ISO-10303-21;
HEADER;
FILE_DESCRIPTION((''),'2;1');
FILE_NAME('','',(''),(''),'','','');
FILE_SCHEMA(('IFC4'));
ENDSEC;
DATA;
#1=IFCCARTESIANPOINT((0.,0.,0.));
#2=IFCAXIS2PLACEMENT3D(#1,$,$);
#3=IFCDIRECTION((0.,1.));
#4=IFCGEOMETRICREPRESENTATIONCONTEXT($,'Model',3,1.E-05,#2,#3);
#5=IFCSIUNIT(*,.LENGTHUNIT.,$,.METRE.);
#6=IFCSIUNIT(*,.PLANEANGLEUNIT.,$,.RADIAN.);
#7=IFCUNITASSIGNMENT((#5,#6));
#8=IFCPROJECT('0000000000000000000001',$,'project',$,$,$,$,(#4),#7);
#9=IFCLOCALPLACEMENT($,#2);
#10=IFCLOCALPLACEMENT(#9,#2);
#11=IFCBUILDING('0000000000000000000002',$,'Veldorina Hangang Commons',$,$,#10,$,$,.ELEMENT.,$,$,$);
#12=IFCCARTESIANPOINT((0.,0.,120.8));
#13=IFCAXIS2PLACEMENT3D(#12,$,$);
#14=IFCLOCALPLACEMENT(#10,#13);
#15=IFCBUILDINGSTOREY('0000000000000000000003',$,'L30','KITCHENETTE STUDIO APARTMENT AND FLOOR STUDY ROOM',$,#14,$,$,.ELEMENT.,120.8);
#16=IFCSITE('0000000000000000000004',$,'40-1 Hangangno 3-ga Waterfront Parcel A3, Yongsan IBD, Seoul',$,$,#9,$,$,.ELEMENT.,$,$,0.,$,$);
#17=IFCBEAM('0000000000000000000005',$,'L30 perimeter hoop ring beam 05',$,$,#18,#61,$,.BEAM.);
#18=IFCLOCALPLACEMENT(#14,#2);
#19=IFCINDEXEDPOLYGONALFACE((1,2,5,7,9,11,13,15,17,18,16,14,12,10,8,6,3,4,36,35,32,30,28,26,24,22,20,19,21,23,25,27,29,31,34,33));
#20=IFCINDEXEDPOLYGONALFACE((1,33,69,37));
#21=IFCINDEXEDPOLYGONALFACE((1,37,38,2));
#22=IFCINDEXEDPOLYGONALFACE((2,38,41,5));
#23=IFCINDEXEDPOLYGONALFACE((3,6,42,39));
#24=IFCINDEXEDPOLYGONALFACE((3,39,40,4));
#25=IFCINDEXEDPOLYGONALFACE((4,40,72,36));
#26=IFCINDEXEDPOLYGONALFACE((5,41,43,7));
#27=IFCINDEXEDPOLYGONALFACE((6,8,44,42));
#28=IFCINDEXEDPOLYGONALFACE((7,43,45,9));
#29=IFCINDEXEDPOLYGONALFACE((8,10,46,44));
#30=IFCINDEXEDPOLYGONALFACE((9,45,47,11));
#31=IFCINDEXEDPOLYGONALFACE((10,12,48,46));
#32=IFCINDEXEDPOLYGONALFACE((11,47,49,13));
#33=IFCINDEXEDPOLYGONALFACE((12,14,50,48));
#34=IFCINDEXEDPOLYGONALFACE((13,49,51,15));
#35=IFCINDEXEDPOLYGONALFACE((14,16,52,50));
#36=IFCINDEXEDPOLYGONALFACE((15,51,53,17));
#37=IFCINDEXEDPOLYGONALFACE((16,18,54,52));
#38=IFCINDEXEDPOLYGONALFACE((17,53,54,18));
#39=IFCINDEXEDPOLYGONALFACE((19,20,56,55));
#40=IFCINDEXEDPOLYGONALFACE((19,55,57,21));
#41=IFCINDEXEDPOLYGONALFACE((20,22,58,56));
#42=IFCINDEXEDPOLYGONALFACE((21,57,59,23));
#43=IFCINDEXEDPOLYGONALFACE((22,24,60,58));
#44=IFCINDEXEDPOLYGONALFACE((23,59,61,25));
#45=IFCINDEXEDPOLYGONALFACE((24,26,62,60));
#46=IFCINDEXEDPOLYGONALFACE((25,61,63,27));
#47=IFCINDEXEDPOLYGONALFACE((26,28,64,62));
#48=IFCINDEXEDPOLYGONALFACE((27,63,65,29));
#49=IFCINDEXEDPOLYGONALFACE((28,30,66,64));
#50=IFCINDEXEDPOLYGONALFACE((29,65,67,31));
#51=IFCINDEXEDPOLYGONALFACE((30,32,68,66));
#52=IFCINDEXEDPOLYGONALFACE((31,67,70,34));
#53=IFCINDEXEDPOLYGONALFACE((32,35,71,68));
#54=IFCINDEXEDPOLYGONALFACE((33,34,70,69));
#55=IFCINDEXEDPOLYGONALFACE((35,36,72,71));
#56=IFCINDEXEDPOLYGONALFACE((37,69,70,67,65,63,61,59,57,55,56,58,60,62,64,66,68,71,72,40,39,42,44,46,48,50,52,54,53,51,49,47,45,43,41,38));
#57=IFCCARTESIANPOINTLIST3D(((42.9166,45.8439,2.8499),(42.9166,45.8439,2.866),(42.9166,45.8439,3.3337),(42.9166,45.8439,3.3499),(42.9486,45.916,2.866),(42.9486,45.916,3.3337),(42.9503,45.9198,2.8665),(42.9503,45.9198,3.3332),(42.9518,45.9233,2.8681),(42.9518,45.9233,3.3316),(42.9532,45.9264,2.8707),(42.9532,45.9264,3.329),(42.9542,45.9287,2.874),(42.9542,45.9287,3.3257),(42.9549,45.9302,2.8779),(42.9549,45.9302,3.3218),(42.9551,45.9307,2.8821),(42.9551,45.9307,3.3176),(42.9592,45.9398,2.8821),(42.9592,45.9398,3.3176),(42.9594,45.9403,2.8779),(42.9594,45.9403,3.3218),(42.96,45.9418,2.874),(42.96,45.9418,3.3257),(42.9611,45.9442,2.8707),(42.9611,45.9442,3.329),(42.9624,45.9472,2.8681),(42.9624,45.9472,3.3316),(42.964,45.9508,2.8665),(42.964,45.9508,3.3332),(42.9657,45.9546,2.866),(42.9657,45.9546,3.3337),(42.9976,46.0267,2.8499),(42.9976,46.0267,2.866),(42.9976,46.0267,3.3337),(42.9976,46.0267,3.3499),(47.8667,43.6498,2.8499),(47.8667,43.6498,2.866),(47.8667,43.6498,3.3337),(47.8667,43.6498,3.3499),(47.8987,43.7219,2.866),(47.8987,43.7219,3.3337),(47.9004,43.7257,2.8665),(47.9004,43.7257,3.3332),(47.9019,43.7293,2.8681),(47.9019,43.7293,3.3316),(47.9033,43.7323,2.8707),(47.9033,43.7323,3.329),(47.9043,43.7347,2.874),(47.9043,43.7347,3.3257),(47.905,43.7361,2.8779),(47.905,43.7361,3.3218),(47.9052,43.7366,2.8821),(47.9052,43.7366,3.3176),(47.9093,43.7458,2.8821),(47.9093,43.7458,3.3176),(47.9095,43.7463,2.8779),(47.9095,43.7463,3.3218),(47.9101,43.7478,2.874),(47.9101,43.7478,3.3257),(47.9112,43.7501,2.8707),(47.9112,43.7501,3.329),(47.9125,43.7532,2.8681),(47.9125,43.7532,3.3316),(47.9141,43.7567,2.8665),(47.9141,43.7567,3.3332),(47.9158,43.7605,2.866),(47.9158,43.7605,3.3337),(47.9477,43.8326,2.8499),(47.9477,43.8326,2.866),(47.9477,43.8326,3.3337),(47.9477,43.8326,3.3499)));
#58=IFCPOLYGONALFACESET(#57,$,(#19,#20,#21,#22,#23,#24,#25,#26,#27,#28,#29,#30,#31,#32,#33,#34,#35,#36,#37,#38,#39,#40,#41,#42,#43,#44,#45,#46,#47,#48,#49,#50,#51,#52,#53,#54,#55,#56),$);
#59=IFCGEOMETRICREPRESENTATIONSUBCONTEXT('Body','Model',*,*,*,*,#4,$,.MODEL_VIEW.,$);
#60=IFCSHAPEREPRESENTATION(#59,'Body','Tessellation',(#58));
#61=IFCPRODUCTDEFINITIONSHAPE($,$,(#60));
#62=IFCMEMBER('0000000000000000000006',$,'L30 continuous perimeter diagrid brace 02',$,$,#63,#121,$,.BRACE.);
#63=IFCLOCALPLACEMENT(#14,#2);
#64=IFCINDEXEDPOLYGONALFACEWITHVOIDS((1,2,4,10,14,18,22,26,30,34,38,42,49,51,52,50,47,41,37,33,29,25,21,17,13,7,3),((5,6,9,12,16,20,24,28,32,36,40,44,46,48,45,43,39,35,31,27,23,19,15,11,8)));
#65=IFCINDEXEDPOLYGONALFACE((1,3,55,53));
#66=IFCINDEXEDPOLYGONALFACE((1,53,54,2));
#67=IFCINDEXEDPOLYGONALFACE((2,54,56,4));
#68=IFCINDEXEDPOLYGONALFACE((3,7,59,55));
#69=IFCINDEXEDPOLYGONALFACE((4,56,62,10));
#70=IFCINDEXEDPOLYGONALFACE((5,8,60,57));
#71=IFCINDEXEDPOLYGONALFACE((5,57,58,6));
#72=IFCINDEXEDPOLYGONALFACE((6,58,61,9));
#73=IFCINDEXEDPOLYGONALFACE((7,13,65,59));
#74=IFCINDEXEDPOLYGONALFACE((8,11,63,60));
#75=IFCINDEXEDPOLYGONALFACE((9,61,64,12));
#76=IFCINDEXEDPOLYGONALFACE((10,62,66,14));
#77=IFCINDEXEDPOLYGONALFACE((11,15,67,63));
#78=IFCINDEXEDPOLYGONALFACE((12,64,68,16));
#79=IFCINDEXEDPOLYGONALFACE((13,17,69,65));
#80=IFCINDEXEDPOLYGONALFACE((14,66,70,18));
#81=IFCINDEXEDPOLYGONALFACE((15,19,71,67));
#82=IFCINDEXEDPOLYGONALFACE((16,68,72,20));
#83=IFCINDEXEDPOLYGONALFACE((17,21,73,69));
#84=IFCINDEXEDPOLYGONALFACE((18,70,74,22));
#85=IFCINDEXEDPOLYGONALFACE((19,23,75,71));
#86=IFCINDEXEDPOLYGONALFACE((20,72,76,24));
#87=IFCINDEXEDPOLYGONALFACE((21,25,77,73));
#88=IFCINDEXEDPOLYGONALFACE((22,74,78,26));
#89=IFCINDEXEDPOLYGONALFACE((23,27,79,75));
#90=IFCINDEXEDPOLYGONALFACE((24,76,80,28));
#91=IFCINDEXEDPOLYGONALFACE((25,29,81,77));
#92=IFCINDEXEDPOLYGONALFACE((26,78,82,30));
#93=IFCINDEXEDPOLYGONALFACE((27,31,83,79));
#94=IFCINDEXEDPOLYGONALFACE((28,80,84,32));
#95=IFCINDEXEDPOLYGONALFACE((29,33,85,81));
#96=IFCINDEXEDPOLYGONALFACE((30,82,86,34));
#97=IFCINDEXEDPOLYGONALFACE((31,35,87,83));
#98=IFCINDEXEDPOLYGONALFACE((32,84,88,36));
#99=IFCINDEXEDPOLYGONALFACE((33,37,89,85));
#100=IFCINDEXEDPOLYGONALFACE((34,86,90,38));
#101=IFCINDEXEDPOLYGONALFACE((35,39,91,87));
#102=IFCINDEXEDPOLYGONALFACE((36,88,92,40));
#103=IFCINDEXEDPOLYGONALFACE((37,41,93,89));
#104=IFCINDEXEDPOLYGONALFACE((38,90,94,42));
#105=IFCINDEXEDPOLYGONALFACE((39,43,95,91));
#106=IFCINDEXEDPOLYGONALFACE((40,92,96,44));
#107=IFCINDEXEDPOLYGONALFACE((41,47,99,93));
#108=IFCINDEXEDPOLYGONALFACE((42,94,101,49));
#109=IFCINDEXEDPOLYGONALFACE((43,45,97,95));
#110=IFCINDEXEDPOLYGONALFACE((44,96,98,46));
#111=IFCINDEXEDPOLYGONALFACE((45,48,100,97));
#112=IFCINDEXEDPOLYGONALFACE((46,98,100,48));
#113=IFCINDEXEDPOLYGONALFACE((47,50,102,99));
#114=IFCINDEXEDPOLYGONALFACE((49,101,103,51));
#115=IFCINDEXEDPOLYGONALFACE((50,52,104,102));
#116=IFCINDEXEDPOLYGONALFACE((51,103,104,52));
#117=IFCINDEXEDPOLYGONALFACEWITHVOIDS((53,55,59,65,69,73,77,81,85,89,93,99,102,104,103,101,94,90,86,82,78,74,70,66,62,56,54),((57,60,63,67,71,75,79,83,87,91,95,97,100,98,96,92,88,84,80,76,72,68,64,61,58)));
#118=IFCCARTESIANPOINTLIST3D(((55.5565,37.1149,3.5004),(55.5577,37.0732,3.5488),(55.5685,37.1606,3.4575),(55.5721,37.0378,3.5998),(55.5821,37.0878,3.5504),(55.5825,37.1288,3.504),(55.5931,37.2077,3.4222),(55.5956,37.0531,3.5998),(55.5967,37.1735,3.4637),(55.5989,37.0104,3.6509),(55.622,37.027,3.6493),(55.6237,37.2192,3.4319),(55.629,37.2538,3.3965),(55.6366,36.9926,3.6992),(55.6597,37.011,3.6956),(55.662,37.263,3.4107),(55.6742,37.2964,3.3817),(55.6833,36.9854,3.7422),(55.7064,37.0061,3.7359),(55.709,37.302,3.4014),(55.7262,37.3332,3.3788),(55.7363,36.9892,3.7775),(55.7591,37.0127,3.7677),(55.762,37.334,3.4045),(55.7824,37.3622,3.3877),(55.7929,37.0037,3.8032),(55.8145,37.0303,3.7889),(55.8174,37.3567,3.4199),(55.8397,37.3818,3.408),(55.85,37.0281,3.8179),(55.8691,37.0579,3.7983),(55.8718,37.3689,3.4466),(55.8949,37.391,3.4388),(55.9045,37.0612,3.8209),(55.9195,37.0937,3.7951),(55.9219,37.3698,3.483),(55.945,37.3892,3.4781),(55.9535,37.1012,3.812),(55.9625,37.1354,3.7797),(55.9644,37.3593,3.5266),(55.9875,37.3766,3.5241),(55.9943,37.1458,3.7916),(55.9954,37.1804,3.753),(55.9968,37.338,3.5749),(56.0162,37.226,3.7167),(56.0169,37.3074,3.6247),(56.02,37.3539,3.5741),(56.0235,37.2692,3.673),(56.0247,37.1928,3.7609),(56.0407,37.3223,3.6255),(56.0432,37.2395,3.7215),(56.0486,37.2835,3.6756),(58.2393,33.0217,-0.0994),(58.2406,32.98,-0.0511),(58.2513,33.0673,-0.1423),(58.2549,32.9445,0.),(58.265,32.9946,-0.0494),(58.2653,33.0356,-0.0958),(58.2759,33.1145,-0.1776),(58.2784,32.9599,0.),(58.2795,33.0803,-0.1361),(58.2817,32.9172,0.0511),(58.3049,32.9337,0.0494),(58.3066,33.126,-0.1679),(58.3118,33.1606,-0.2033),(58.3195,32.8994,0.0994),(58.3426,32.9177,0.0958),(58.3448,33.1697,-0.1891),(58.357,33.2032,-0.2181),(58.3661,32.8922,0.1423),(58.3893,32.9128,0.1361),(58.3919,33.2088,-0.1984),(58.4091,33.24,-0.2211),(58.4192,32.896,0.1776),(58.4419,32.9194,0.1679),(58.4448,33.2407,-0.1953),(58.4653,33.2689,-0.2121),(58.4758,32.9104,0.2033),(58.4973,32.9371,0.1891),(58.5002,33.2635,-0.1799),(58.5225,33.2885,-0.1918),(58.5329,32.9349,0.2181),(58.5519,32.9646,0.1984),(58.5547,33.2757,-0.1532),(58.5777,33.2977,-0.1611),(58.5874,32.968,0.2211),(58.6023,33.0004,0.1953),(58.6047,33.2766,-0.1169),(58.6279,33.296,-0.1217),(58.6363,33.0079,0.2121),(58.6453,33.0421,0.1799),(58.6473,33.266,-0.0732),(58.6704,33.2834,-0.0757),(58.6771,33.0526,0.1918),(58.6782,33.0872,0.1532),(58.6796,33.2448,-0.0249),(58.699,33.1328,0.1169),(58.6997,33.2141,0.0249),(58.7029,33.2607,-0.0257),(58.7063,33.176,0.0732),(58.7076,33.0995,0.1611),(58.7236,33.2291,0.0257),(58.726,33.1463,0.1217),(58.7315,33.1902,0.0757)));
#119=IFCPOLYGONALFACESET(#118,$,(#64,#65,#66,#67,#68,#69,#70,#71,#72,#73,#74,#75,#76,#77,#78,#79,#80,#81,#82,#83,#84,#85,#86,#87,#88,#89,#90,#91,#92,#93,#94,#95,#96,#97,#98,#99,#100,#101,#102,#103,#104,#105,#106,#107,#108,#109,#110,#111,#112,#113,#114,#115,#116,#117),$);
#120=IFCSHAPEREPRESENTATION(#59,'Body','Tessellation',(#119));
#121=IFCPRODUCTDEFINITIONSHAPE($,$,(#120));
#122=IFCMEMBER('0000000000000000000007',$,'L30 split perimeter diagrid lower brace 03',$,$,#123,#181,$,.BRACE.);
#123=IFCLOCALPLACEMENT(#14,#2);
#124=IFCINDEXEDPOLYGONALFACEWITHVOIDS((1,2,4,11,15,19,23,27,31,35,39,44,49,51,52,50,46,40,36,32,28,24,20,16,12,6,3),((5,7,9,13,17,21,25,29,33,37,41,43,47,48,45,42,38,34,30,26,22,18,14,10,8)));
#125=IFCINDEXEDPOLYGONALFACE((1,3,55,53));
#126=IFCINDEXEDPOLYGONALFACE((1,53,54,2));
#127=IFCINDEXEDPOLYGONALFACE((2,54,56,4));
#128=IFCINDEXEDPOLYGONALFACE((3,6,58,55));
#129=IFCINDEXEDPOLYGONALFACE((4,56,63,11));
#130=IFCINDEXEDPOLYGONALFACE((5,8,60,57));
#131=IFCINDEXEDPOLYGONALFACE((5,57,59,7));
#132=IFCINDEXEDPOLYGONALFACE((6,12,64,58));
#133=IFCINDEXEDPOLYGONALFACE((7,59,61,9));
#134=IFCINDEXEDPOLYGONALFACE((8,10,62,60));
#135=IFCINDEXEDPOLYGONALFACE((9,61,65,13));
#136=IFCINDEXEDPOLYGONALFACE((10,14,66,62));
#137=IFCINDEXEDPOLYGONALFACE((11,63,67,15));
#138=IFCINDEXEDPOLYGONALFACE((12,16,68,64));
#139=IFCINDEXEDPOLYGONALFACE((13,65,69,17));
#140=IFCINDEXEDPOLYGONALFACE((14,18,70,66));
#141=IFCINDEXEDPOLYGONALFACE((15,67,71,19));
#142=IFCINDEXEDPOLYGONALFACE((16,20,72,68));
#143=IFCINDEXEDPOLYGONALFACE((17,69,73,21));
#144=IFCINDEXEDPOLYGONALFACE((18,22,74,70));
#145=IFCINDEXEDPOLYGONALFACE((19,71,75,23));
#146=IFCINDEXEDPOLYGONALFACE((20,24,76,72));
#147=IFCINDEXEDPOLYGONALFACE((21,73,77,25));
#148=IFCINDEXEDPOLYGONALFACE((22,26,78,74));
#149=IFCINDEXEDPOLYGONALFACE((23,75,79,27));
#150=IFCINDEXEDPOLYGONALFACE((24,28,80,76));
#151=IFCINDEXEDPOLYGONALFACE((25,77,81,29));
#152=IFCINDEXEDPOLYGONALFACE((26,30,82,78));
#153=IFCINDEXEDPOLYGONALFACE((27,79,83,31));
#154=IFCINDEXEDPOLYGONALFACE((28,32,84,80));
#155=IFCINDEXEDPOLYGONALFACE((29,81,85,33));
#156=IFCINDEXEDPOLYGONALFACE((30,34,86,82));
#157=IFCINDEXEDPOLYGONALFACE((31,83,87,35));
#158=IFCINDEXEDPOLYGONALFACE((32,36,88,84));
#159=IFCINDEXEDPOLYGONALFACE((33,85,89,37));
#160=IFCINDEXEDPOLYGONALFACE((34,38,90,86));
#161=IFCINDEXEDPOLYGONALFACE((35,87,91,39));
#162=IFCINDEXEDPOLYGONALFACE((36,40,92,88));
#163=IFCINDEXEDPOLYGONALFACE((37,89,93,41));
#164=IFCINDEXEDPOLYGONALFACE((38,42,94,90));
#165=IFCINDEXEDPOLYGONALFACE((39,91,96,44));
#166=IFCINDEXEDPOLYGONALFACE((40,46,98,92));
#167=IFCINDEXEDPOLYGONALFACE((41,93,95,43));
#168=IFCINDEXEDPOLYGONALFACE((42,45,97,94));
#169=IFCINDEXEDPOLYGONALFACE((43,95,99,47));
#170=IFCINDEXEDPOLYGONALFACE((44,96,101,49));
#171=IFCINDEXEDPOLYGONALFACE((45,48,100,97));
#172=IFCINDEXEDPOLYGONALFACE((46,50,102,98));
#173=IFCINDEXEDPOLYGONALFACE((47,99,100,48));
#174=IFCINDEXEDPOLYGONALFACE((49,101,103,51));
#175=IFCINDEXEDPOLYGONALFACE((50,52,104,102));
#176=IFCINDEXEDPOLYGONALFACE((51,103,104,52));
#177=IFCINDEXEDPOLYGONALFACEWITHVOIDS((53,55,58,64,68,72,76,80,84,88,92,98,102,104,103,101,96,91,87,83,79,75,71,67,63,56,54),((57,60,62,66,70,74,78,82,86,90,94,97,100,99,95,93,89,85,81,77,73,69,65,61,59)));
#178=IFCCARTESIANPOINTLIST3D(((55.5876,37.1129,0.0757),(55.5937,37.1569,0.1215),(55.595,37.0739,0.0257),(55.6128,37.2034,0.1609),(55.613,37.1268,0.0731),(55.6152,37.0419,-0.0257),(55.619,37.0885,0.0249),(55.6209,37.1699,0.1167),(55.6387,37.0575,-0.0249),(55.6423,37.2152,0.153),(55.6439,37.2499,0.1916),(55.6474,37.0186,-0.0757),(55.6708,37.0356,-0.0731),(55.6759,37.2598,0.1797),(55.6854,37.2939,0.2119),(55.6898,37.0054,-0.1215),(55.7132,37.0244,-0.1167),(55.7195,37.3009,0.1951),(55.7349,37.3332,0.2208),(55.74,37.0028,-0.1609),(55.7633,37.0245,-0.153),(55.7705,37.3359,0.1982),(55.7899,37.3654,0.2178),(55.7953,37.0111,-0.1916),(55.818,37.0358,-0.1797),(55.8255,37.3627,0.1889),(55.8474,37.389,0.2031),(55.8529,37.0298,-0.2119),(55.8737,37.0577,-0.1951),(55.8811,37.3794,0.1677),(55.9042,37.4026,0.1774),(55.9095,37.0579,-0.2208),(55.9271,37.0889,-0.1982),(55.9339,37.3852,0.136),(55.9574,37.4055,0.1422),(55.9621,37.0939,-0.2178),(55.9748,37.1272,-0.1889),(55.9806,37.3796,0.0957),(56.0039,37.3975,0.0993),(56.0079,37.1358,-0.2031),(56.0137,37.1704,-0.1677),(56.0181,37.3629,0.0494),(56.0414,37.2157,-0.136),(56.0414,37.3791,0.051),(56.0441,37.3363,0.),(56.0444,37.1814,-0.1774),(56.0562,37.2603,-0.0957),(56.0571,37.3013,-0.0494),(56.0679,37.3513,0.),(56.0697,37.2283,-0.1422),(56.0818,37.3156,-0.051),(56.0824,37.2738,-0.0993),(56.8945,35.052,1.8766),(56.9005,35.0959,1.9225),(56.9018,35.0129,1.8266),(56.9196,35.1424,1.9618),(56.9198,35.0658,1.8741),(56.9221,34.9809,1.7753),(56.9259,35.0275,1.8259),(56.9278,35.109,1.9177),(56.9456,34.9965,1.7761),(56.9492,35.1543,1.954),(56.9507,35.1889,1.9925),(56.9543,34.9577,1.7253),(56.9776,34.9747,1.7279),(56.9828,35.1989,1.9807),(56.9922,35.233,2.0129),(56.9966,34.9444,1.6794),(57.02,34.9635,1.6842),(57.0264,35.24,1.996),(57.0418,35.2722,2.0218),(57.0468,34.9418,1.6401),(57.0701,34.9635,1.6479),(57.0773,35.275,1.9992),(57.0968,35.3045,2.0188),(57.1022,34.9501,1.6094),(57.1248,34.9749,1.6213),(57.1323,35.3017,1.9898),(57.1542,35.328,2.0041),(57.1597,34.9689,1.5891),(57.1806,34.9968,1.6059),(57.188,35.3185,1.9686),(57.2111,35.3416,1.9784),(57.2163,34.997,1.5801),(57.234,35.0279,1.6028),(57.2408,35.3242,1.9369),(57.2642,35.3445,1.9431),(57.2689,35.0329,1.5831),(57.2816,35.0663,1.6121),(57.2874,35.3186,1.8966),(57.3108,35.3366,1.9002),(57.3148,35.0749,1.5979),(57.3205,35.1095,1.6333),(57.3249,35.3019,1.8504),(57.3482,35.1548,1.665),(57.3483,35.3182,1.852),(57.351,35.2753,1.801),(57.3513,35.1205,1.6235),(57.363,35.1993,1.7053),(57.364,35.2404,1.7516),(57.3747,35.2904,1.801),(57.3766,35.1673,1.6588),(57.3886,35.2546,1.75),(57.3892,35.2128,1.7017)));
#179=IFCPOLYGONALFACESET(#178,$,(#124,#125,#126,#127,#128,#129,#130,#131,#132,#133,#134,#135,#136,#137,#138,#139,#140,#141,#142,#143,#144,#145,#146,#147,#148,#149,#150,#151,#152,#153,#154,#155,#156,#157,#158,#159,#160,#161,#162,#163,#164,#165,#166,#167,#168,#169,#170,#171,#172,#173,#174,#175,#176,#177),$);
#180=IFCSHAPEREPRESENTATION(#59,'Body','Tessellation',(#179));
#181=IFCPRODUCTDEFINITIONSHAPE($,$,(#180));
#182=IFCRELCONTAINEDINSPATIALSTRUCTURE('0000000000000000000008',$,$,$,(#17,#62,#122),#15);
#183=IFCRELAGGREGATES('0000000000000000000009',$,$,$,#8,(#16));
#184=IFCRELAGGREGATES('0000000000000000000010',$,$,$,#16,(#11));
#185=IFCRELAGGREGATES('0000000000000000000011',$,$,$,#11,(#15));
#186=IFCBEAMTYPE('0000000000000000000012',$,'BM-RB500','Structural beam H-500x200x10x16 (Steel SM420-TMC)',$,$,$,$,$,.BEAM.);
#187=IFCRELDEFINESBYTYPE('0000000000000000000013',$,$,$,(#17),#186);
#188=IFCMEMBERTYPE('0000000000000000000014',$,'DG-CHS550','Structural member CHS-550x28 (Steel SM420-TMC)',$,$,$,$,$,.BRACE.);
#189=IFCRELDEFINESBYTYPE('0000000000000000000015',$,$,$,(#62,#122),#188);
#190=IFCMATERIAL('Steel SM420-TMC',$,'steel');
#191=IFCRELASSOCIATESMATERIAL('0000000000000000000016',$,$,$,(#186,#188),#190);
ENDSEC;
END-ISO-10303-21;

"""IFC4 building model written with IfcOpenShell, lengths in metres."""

from ifc_helpers import new_model, si_unit, direction, frame, origin, origin_2d, place, context, subcontext, project, spatial, hollow_circle, i_section, extrude, material, material_profile, profile_set, type_object, element, save


model = new_model("IFC4")

# Units and contexts
model_context = context("Model", 3, precision=1e-05, world=origin(), true_north=direction((0.0, 1.0)))
body_context = subcontext(model_context, "Body", "Model", "MODEL_VIEW")
ifc_project = project(units=[si_unit("LENGTHUNIT", "METRE"), si_unit("PLANEANGLEUNIT", "RADIAN")], contexts=[model_context])

# Site, building, storey
site_placement = place(None, origin())
site = spatial("IfcSite", under=ifc_project, at=site_placement, Name="40-1 Hangangno 3-ga Waterfront Parcel A3, Yongsan IBD, Seoul", CompositionType="ELEMENT", RefElevation=0.0)
building_placement = place(site_placement, origin())
building = spatial("IfcBuilding", under=site, at=building_placement, Name="Veldorina Hangang Commons", CompositionType="ELEMENT")
storey_placement = place(building_placement, frame((0.0, 0.0, 120.8)))
storey = spatial("IfcBuildingStorey", under=building, at=storey_placement, Name="L30", Description="KITCHENETTE STUDIO APARTMENT AND FLOOR STUDY ROOM", CompositionType="ELEMENT", Elevation=120.8)

# Beam
ifc_material_1 = material(Name="Steel SM420-TMC", Category="steel")
ifc_material_profile_1 = material_profile(ifc_material_1, i_section(OverallWidth=0.2, OverallDepth=0.5, WebThickness=0.01, FlangeThickness=0.0161, FilletRadius=0.0161, at=origin_2d()), Name="H-500x200x10x16")
ifc_profile_set_1 = profile_set([ifc_material_profile_1], Name="Steel SM420-TMC")
beam_type_1 = type_object("IfcBeamType", Name="BM-RB500", Description="Structural beam H-500x200x10x16 (Steel SM420-TMC)", PredefinedType="BEAM", material=ifc_profile_set_1)
beam_1_placement = place(storey_placement, frame((47.9072, 43.7412, 3.0999), z_axis=(-0.914222, 0.405214, 0.0), x_axis=(-0.405214, -0.914222, 0.0)))
element("IfcBeam", 1, at=beam_1_placement, inside=storey, type_object=beam_type_1, Name="L30 perimeter hoop ring beam 05", PredefinedType="BEAM", context=body_context, shape_type="SweptSolid", body=[
    extrude(i_section(OverallWidth=0.2, OverallDepth=0.5, WebThickness=0.01, FlangeThickness=0.0161, FilletRadius=0.0161, at=origin_2d()), origin(), (0.0, 0.0, 1.0), 5.4146),
])

# Members
ifc_material_profile_2 = material_profile(ifc_material_1, hollow_circle(Radius=0.2749, WallThickness=0.0281, at=origin_2d()), Name="CHS-550x28")
ifc_profile_set_2 = profile_set([ifc_material_profile_2], Name="Steel SM420-TMC")
member_type = type_object("IfcMemberType", Name="DG-CHS550", Description="Structural member CHS-550x28 (Steel SM420-TMC)", PredefinedType="BRACE", material=ifc_profile_set_2)
member_1_placement = place(storey_placement, frame((58.4849, 33.0952, 0.0), z_axis=(-0.441588, 0.673734, 0.592521), x_axis=(-0.836361, -0.548179, 0.0)))
element("IfcMember", 2, at=member_1_placement, inside=storey, type_object=member_type, Name="L30 continuous perimeter diagrid brace 02", PredefinedType="BRACE", context=body_context, shape_type="SweptSolid", body=[
    extrude(hollow_circle(Radius=0.2749, WallThickness=0.0281, at=origin_2d()), origin(), (0.0, 0.0, 1.0), 6.0754),
])
member_2_placement = place(storey_placement, frame((55.8357, 37.2041, 0.0), z_axis=(0.430879, -0.679521, 0.593796), x_axis=(0.84453, 0.535509, 0.0)))
element("IfcMember", 3, at=member_2_placement, inside=storey, type_object=member_type, Name="L30 split perimeter diagrid lower brace 03", PredefinedType="BRACE", context=body_context, shape_type="SweptSolid", body=[
    extrude(hollow_circle(Radius=0.2749, WallThickness=0.0281, at=origin_2d()), origin(), (0.0, 0.0, 1.0), 3.033),
])

save(model, "model.ifc")
